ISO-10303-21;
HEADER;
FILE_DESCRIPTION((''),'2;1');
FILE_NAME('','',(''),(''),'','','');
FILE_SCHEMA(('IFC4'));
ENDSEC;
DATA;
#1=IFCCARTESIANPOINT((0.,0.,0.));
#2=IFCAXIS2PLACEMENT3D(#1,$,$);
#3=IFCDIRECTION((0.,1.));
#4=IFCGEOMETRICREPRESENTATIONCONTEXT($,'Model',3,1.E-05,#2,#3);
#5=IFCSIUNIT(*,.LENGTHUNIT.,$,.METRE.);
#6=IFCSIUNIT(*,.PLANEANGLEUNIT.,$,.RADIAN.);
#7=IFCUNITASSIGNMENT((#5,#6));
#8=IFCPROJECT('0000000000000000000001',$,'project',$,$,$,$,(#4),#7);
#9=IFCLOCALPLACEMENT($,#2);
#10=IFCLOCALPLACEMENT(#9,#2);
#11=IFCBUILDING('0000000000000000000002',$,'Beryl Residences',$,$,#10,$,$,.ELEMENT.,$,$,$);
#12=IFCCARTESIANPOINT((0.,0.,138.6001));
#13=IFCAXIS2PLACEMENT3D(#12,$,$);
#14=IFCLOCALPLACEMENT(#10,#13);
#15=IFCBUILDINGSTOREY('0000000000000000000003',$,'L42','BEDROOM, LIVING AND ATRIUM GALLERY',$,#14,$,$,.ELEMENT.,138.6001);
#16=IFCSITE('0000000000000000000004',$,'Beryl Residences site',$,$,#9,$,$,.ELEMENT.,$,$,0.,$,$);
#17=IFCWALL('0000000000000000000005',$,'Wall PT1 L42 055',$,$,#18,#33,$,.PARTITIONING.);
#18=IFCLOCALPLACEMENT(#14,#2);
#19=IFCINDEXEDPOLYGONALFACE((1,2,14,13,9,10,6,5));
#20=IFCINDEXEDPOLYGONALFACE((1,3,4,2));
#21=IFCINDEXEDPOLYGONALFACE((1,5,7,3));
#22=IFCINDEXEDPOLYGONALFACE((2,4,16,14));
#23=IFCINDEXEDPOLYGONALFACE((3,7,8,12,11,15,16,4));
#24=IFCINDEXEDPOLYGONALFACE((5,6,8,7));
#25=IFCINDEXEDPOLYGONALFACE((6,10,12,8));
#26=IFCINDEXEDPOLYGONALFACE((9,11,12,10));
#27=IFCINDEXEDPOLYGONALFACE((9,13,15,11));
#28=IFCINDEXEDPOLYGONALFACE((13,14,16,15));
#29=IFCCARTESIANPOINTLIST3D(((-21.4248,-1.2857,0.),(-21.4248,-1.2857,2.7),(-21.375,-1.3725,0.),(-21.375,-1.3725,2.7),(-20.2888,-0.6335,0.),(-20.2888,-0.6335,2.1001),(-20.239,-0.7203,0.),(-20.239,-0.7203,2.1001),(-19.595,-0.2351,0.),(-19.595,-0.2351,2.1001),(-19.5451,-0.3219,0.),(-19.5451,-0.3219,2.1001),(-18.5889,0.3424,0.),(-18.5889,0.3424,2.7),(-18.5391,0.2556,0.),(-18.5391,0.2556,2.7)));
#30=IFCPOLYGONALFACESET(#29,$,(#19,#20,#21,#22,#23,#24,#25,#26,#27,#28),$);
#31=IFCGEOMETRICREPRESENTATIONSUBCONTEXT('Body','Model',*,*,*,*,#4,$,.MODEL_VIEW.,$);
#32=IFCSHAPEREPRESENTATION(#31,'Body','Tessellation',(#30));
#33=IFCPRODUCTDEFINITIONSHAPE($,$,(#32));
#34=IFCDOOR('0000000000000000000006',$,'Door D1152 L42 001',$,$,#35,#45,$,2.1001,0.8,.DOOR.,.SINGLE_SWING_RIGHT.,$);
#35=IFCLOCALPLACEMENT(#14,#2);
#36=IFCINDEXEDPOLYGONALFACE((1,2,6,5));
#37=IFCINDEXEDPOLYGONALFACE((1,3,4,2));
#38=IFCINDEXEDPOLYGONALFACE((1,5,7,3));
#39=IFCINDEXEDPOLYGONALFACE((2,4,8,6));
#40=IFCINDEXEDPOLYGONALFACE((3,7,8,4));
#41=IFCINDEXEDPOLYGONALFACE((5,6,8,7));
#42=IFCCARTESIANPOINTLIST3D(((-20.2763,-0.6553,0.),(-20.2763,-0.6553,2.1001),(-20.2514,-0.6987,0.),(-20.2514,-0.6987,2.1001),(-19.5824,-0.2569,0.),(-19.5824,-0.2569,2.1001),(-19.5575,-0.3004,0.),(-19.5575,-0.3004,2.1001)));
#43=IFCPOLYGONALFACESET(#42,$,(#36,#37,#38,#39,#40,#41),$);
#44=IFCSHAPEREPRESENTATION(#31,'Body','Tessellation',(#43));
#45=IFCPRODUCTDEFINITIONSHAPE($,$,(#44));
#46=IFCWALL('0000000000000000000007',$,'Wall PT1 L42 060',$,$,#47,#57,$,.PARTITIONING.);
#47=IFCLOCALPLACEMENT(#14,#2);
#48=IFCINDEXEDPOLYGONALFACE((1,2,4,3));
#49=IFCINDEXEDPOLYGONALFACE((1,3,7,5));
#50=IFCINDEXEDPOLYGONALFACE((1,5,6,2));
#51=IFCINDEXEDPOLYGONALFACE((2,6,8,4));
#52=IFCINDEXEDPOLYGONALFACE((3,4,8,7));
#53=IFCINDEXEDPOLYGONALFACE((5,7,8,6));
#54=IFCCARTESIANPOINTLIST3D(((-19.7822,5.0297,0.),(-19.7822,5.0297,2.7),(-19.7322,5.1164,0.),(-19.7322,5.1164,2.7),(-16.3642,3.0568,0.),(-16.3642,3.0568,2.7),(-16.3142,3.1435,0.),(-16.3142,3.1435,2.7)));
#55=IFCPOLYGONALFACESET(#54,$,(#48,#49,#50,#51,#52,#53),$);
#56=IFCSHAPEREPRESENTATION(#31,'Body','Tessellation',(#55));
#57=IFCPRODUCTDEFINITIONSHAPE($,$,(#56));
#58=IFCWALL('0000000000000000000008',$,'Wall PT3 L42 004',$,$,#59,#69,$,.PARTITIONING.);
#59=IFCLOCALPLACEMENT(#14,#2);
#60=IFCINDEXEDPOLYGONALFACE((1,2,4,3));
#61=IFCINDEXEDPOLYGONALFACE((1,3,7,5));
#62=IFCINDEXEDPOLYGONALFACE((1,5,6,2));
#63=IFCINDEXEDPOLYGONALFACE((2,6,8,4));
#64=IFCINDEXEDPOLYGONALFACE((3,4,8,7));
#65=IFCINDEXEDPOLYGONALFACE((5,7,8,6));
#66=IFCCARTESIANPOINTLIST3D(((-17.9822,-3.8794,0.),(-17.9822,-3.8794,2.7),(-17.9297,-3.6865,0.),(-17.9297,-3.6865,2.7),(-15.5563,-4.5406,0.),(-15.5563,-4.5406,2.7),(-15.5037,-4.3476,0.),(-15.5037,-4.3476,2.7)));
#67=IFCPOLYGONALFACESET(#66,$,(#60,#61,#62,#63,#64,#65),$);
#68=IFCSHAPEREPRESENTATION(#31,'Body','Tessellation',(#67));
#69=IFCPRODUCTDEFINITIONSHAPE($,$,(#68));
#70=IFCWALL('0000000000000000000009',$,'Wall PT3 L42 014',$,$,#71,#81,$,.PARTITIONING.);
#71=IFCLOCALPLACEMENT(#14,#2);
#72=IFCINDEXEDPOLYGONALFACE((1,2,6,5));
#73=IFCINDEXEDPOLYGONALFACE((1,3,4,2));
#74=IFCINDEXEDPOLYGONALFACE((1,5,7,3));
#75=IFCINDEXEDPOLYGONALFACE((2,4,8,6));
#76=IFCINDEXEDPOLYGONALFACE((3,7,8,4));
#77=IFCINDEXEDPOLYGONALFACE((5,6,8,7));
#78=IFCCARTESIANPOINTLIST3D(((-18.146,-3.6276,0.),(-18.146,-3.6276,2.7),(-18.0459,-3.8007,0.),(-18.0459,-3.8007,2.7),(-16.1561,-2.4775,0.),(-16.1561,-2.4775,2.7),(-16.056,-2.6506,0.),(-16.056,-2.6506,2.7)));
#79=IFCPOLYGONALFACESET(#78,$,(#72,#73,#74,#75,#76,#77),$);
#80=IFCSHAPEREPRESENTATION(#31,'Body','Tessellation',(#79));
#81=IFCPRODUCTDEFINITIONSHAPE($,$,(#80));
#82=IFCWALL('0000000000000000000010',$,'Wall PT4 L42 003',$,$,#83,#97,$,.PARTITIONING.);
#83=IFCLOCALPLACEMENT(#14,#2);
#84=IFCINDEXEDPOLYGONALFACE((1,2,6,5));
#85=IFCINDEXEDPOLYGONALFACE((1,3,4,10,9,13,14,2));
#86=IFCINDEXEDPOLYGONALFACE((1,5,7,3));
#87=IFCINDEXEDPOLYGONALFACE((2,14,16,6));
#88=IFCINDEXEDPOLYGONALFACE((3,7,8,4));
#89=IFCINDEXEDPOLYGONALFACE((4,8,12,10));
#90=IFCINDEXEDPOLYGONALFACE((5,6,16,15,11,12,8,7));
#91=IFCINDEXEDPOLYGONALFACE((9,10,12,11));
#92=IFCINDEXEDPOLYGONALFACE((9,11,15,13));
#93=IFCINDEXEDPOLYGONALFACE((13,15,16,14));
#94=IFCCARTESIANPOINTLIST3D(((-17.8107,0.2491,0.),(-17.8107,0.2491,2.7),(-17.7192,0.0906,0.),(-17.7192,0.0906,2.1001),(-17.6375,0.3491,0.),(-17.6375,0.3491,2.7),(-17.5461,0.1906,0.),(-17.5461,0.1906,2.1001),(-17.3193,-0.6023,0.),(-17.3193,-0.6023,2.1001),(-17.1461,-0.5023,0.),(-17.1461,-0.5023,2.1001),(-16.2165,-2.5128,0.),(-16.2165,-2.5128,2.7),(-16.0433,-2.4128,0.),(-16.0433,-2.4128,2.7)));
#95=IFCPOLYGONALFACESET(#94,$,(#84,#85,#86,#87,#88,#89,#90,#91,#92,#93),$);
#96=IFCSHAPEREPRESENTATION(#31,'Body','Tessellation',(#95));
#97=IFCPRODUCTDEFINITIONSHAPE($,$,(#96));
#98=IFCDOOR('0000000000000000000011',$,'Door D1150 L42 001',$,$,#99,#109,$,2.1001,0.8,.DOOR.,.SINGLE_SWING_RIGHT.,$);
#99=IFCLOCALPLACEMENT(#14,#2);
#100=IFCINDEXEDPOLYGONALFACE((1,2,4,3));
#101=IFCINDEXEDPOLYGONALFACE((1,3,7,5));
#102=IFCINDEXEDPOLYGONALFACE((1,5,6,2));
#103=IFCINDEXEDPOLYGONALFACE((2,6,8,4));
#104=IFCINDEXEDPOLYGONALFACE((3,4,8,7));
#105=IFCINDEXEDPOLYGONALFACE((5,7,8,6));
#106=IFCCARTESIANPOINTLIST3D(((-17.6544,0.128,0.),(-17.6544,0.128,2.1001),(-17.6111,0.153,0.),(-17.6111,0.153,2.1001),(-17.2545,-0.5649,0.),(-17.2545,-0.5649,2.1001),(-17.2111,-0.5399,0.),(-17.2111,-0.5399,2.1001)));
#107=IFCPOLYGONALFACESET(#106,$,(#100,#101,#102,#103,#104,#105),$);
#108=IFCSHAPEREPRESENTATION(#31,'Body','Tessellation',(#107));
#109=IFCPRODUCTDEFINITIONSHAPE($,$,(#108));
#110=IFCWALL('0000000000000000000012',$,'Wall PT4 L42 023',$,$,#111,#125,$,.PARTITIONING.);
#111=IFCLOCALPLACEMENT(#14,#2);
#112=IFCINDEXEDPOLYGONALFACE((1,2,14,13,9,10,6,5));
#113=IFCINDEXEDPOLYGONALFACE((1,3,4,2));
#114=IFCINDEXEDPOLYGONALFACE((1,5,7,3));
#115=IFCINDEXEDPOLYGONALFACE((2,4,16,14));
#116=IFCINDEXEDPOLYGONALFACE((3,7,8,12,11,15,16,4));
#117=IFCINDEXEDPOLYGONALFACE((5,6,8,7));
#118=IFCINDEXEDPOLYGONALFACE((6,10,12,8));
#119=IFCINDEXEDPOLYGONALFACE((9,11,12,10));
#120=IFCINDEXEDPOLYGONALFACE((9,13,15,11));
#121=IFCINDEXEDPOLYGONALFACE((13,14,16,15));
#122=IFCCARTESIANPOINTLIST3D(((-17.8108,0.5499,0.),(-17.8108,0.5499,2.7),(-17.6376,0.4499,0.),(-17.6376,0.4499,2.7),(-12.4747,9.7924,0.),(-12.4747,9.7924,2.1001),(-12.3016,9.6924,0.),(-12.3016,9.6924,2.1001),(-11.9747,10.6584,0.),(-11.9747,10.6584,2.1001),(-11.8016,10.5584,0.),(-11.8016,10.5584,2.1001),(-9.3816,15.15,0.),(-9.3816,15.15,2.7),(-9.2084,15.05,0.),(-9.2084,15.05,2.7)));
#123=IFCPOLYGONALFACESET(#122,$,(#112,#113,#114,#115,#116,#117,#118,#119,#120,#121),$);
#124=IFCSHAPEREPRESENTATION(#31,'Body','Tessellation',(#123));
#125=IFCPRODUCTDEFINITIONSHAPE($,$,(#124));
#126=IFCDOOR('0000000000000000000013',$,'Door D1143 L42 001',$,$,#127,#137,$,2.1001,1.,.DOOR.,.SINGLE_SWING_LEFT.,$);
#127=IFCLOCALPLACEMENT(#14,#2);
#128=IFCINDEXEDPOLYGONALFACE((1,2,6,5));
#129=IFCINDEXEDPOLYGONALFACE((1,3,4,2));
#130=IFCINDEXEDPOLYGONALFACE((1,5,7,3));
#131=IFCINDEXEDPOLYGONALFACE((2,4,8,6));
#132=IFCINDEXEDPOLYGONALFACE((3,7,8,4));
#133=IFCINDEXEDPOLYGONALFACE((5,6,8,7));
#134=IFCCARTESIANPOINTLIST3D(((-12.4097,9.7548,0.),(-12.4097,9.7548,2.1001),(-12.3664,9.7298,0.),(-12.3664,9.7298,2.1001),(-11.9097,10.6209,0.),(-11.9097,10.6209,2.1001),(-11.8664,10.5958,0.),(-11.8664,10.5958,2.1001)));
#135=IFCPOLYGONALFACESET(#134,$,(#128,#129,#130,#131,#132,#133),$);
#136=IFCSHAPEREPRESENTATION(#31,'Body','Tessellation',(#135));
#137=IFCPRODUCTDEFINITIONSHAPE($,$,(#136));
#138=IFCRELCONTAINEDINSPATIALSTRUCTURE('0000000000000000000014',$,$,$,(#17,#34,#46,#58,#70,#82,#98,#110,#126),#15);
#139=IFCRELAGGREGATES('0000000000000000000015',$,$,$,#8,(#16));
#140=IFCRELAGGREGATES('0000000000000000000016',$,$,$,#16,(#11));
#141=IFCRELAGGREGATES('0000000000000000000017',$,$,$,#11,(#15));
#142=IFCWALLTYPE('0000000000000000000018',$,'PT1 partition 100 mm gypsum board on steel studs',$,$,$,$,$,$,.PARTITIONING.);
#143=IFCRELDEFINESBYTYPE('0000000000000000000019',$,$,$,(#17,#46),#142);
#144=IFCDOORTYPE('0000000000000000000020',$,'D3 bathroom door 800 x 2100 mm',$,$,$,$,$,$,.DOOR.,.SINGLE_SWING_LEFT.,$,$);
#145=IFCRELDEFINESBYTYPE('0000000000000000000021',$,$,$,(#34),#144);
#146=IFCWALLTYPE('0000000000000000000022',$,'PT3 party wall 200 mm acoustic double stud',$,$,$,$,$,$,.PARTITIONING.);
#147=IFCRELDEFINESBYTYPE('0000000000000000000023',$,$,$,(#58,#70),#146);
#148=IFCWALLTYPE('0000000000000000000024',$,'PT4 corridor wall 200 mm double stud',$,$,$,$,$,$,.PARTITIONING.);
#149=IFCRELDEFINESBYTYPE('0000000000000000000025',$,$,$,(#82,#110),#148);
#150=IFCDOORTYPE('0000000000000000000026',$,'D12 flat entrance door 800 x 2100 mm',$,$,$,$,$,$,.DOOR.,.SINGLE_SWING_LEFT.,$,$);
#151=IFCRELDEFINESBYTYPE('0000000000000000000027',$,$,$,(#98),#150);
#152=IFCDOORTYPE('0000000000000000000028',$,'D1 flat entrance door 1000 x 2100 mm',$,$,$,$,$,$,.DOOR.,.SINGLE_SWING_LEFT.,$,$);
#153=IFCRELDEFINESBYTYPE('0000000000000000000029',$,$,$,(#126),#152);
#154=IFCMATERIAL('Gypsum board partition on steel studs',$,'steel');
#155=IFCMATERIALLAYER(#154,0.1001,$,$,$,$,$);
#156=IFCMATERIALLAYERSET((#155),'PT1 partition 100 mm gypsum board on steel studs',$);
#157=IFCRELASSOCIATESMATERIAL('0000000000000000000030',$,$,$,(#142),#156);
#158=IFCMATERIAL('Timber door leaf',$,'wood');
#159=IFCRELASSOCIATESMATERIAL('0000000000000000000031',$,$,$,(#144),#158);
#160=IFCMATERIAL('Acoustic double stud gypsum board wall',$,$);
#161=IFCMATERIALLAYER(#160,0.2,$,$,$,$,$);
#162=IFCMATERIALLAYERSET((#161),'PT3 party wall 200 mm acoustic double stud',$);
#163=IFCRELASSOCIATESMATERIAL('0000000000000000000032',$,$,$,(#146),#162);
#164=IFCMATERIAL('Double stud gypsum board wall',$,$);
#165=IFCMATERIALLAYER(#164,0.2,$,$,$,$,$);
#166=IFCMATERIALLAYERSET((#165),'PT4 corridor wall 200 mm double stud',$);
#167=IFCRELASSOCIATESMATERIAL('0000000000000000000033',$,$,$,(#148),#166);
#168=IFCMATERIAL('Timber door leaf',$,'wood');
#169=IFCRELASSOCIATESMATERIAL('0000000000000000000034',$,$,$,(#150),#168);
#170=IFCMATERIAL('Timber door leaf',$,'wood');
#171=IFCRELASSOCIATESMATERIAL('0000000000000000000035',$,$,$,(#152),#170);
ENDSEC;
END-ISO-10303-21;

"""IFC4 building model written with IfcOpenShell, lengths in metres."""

from ifc_helpers import new_model, si_unit, direction, frame, frame_2d, origin, place, context, subcontext, project, spatial, rectangle, extrude, material, layer, layer_set, type_object, element, fill, save


model = new_model("IFC4")

# Units and contexts
model_context = context("Model", 3, precision=1e-05, world=origin(), true_north=direction((0.0, 1.0)))
body_context = subcontext(model_context, "Body", "Model", "MODEL_VIEW")
ifc_project = project(units=[si_unit("LENGTHUNIT", "METRE"), si_unit("PLANEANGLEUNIT", "RADIAN")], contexts=[model_context])

# Site, building, storey
site_placement = place(None, origin())
site = spatial("IfcSite", under=ifc_project, at=site_placement, Name="Beryl Residences site", CompositionType="ELEMENT", RefElevation=0.0)
building_placement = place(site_placement, origin())
building = spatial("IfcBuilding", under=site, at=building_placement, Name="Beryl Residences", CompositionType="ELEMENT")
storey_placement = place(building_placement, frame((0.0, 0.0, 138.6001)))
storey = spatial("IfcBuildingStorey", under=building, at=storey_placement, Name="L42", Description="BEDROOM, LIVING AND ATRIUM GALLERY", CompositionType="ELEMENT", Elevation=138.6001)

# Shared definitions
ifc_material_1 = material(Name="Gypsum board partition on steel studs", Category="steel")
ifc_layer_1 = layer(ifc_material_1, 0.1001)
ifc_layer_set_1 = layer_set([ifc_layer_1], Name="PT1 partition 100 mm gypsum board on steel studs")
wall_type_1 = type_object("IfcWallType", Name="PT1 partition 100 mm gypsum board on steel studs", PredefinedType="PARTITIONING", material=ifc_layer_set_1)
ifc_material_2 = material(Name="Timber door leaf", Category="wood")
door_type_1 = type_object("IfcDoorType", Name="D3 bathroom door 800 x 2100 mm", OperationType="SINGLE_SWING_LEFT", PredefinedType="DOOR", material=ifc_material_2)

# Wall, opening, door
wall_1_placement = place(storey_placement, frame((-21.3999, -1.3291, 0.0), z_axis=(0.0, 0.0, 1.0), x_axis=(0.867235, 0.497899, 0.0)))
wall_1 = element("IfcWall", 1, at=wall_1_placement, inside=storey, type_object=wall_type_1, Name="Wall PT1 L42 055", PredefinedType="PARTITIONING", context=body_context, shape_type="SweptSolid", body=[
    extrude(rectangle(XDim=3.27, YDim=0.1001, at=frame_2d((1.635, 0.0))), origin(), (0.0, 0.0, 1.0), 2.7),
])
opening_1_placement = place(wall_1_placement, frame((1.3101, 0.0, 0.0)))
opening_1 = element("IfcOpeningElement", 2, at=opening_1_placement, cuts=wall_1, PredefinedType="OPENING", context=body_context, shape_type="SweptSolid", body=[
    extrude(rectangle(XDim=0.8, YDim=2.1001, at=frame_2d((0.3999, 1.05))), frame((0.0, 0.0601, 0.0), z_axis=(0.0, -1.0, 0.0), x_axis=(1.0, 0.0, 0.0)), (0.0, 0.0, 1.0), 0.1201),
])
door_1_placement = place(opening_1_placement, origin())
door_1 = element("IfcDoor", 3, at=door_1_placement, inside=storey, type_object=door_type_1, Name="Door D1152 L42 001", OperationType="SINGLE_SWING_RIGHT", OverallHeight=2.1001, OverallWidth=0.8, PredefinedType="DOOR", context=body_context, shape_type="SweptSolid", body=[
    extrude(rectangle(XDim=0.8, YDim=2.1001, at=frame_2d((0.3999, 1.05))), frame((0.0, 0.0249, 0.0), z_axis=(0.0, -1.0, 0.0), x_axis=(1.0, 0.0, 0.0)), (0.0, 0.0, 1.0), 0.05),
])
fill(opening_1, door_1)

# Walls
wall_2_placement = place(storey_placement, frame((-19.7571, 5.073, 0.0), z_axis=(0.0, 0.0, 1.0), x_axis=(0.866076, -0.499912, 0.0)))
element("IfcWall", 4, at=wall_2_placement, inside=storey, type_object=wall_type_1, Name="Wall PT1 L42 060", PredefinedType="PARTITIONING", context=body_context, shape_type="SweptSolid", body=[
    extrude(rectangle(XDim=3.9465, YDim=0.1001, at=frame_2d((1.9731, 0.0))), origin(), (0.0, 0.0, 1.0), 2.7),
])
ifc_material_3 = material(Name="Acoustic double stud gypsum board wall")
ifc_layer_2 = layer(ifc_material_3, 0.2)
ifc_layer_set_2 = layer_set([ifc_layer_2], Name="PT3 party wall 200 mm acoustic double stud")
wall_type_2 = type_object("IfcWallType", Name="PT3 party wall 200 mm acoustic double stud", PredefinedType="PARTITIONING", material=ifc_layer_set_2)
wall_3_placement = place(storey_placement, frame((-17.9561, -3.783, 0.0), z_axis=(0.0, 0.0, 1.0), x_axis=(0.964815, -0.262928, 0.0)))
element("IfcWall", 5, at=wall_3_placement, inside=storey, type_object=wall_type_2, Name="Wall PT3 L42 004", PredefinedType="PARTITIONING", context=body_context, shape_type="SweptSolid", body=[
    extrude(rectangle(XDim=2.5144, YDim=0.2, at=frame_2d((1.2573, 0.0))), origin(), (0.0, 0.0, 1.0), 2.7),
])
wall_4_placement = place(storey_placement, frame((-18.0959, -3.7141, 0.0), z_axis=(0.0, 0.0, 1.0), x_axis=(0.865795, 0.5004, 0.0)))
element("IfcWall", 6, at=wall_4_placement, inside=storey, type_object=wall_type_2, Name="Wall PT3 L42 014", PredefinedType="PARTITIONING", context=body_context, shape_type="SweptSolid", body=[
    extrude(rectangle(XDim=2.2983, YDim=0.2, at=frame_2d((1.1492, 0.0))), origin(), (0.0, 0.0, 1.0), 2.7),
])

# Walls, openings, doors
ifc_material_4 = material(Name="Double stud gypsum board wall")
ifc_layer_3 = layer(ifc_material_4, 0.2)
ifc_layer_set_3 = layer_set([ifc_layer_3], Name="PT4 corridor wall 200 mm double stud")
wall_type_3 = type_object("IfcWallType", Name="PT4 corridor wall 200 mm double stud", PredefinedType="PARTITIONING", material=ifc_layer_set_3)
wall_5_placement = place(storey_placement, frame((-17.7241, 0.2991, 0.0), z_axis=(0.0, 0.0, 1.0), x_axis=(0.49991, -0.866077, 0.0)))
wall_5 = element("IfcWall", 7, at=wall_5_placement, inside=storey, type_object=wall_type_3, Name="Wall PT4 L42 003", PredefinedType="PARTITIONING", context=body_context, shape_type="SweptSolid", body=[
    extrude(rectangle(XDim=3.189, YDim=0.2, at=frame_2d((1.5945, 0.0))), origin(), (0.0, 0.0, 1.0), 2.7),
])
opening_2_placement = place(wall_5_placement, frame((0.1831, 0.0, 0.0)))
opening_2 = element("IfcOpeningElement", 8, at=opening_2_placement, cuts=wall_5, PredefinedType="OPENING", context=body_context, shape_type="SweptSolid", body=[
    extrude(rectangle(XDim=0.8, YDim=2.1001, at=frame_2d((0.3999, 1.05))), frame((0.0, 0.1099, 0.0), z_axis=(0.0, -1.0, 0.0), x_axis=(1.0, 0.0, 0.0)), (0.0, 0.0, 1.0), 0.22),
])
ifc_material_5 = material(Name="Timber door leaf", Category="wood")
door_type_2 = type_object("IfcDoorType", Name="D12 flat entrance door 800 x 2100 mm", OperationType="SINGLE_SWING_LEFT", PredefinedType="DOOR", material=ifc_material_5)
door_2_placement = place(opening_2_placement, origin())
door_2 = element("IfcDoor", 9, at=door_2_placement, inside=storey, type_object=door_type_2, Name="Door D1150 L42 001", OperationType="SINGLE_SWING_RIGHT", OverallHeight=2.1001, OverallWidth=0.8, PredefinedType="DOOR", context=body_context, shape_type="SweptSolid", body=[
    extrude(rectangle(XDim=0.8, YDim=2.1001, at=frame_2d((0.3999, 1.05))), frame((0.0, 0.0249, 0.0), z_axis=(0.0, -1.0, 0.0), x_axis=(1.0, 0.0, 0.0)), (0.0, 0.0, 1.0), 0.05),
])
fill(opening_2, door_2)
wall_6_placement = place(storey_placement, frame((-17.7241, 0.5, 0.0), z_axis=(0.0, 0.0, 1.0), x_axis=(0.499992, 0.86603, 0.0)))
wall_6 = element("IfcWall", 10, at=wall_6_placement, inside=storey, type_object=wall_type_3, Name="Wall PT4 L42 023", PredefinedType="PARTITIONING", context=body_context, shape_type="SweptSolid", body=[
    extrude(rectangle(XDim=16.8586, YDim=0.2, at=frame_2d((8.4292, 0.0))), origin(), (0.0, 0.0, 1.0), 2.7),
])
opening_3_placement = place(wall_6_placement, frame((10.6721, 0.0, 0.0)))
opening_3 = element("IfcOpeningElement", 11, at=opening_3_placement, cuts=wall_6, PredefinedType="OPENING", context=body_context, shape_type="SweptSolid", body=[
    extrude(rectangle(XDim=1.0, YDim=2.1001, at=frame_2d((0.5, 1.05))), frame((0.0, 0.1099, 0.0), z_axis=(0.0, -1.0, 0.0), x_axis=(1.0, 0.0, 0.0)), (0.0, 0.0, 1.0), 0.22),
])
ifc_material_6 = material(Name="Timber door leaf", Category="wood")
door_type_3 = type_object("IfcDoorType", Name="D1 flat entrance door 1000 x 2100 mm", OperationType="SINGLE_SWING_LEFT", PredefinedType="DOOR", material=ifc_material_6)
door_3_placement = place(opening_3_placement, origin())
door_3 = element("IfcDoor", 12, at=door_3_placement, inside=storey, type_object=door_type_3, Name="Door D1143 L42 001", OperationType="SINGLE_SWING_LEFT", OverallHeight=2.1001, OverallWidth=1.0, PredefinedType="DOOR", context=body_context, shape_type="SweptSolid", body=[
    extrude(rectangle(XDim=1.0, YDim=2.1001, at=frame_2d((0.5, 1.05))), frame((0.0, 0.0249, 0.0), z_axis=(0.0, -1.0, 0.0), x_axis=(1.0, 0.0, 0.0)), (0.0, 0.0, 1.0), 0.05),
])
fill(opening_3, door_3)

save(model, "model.ifc")
